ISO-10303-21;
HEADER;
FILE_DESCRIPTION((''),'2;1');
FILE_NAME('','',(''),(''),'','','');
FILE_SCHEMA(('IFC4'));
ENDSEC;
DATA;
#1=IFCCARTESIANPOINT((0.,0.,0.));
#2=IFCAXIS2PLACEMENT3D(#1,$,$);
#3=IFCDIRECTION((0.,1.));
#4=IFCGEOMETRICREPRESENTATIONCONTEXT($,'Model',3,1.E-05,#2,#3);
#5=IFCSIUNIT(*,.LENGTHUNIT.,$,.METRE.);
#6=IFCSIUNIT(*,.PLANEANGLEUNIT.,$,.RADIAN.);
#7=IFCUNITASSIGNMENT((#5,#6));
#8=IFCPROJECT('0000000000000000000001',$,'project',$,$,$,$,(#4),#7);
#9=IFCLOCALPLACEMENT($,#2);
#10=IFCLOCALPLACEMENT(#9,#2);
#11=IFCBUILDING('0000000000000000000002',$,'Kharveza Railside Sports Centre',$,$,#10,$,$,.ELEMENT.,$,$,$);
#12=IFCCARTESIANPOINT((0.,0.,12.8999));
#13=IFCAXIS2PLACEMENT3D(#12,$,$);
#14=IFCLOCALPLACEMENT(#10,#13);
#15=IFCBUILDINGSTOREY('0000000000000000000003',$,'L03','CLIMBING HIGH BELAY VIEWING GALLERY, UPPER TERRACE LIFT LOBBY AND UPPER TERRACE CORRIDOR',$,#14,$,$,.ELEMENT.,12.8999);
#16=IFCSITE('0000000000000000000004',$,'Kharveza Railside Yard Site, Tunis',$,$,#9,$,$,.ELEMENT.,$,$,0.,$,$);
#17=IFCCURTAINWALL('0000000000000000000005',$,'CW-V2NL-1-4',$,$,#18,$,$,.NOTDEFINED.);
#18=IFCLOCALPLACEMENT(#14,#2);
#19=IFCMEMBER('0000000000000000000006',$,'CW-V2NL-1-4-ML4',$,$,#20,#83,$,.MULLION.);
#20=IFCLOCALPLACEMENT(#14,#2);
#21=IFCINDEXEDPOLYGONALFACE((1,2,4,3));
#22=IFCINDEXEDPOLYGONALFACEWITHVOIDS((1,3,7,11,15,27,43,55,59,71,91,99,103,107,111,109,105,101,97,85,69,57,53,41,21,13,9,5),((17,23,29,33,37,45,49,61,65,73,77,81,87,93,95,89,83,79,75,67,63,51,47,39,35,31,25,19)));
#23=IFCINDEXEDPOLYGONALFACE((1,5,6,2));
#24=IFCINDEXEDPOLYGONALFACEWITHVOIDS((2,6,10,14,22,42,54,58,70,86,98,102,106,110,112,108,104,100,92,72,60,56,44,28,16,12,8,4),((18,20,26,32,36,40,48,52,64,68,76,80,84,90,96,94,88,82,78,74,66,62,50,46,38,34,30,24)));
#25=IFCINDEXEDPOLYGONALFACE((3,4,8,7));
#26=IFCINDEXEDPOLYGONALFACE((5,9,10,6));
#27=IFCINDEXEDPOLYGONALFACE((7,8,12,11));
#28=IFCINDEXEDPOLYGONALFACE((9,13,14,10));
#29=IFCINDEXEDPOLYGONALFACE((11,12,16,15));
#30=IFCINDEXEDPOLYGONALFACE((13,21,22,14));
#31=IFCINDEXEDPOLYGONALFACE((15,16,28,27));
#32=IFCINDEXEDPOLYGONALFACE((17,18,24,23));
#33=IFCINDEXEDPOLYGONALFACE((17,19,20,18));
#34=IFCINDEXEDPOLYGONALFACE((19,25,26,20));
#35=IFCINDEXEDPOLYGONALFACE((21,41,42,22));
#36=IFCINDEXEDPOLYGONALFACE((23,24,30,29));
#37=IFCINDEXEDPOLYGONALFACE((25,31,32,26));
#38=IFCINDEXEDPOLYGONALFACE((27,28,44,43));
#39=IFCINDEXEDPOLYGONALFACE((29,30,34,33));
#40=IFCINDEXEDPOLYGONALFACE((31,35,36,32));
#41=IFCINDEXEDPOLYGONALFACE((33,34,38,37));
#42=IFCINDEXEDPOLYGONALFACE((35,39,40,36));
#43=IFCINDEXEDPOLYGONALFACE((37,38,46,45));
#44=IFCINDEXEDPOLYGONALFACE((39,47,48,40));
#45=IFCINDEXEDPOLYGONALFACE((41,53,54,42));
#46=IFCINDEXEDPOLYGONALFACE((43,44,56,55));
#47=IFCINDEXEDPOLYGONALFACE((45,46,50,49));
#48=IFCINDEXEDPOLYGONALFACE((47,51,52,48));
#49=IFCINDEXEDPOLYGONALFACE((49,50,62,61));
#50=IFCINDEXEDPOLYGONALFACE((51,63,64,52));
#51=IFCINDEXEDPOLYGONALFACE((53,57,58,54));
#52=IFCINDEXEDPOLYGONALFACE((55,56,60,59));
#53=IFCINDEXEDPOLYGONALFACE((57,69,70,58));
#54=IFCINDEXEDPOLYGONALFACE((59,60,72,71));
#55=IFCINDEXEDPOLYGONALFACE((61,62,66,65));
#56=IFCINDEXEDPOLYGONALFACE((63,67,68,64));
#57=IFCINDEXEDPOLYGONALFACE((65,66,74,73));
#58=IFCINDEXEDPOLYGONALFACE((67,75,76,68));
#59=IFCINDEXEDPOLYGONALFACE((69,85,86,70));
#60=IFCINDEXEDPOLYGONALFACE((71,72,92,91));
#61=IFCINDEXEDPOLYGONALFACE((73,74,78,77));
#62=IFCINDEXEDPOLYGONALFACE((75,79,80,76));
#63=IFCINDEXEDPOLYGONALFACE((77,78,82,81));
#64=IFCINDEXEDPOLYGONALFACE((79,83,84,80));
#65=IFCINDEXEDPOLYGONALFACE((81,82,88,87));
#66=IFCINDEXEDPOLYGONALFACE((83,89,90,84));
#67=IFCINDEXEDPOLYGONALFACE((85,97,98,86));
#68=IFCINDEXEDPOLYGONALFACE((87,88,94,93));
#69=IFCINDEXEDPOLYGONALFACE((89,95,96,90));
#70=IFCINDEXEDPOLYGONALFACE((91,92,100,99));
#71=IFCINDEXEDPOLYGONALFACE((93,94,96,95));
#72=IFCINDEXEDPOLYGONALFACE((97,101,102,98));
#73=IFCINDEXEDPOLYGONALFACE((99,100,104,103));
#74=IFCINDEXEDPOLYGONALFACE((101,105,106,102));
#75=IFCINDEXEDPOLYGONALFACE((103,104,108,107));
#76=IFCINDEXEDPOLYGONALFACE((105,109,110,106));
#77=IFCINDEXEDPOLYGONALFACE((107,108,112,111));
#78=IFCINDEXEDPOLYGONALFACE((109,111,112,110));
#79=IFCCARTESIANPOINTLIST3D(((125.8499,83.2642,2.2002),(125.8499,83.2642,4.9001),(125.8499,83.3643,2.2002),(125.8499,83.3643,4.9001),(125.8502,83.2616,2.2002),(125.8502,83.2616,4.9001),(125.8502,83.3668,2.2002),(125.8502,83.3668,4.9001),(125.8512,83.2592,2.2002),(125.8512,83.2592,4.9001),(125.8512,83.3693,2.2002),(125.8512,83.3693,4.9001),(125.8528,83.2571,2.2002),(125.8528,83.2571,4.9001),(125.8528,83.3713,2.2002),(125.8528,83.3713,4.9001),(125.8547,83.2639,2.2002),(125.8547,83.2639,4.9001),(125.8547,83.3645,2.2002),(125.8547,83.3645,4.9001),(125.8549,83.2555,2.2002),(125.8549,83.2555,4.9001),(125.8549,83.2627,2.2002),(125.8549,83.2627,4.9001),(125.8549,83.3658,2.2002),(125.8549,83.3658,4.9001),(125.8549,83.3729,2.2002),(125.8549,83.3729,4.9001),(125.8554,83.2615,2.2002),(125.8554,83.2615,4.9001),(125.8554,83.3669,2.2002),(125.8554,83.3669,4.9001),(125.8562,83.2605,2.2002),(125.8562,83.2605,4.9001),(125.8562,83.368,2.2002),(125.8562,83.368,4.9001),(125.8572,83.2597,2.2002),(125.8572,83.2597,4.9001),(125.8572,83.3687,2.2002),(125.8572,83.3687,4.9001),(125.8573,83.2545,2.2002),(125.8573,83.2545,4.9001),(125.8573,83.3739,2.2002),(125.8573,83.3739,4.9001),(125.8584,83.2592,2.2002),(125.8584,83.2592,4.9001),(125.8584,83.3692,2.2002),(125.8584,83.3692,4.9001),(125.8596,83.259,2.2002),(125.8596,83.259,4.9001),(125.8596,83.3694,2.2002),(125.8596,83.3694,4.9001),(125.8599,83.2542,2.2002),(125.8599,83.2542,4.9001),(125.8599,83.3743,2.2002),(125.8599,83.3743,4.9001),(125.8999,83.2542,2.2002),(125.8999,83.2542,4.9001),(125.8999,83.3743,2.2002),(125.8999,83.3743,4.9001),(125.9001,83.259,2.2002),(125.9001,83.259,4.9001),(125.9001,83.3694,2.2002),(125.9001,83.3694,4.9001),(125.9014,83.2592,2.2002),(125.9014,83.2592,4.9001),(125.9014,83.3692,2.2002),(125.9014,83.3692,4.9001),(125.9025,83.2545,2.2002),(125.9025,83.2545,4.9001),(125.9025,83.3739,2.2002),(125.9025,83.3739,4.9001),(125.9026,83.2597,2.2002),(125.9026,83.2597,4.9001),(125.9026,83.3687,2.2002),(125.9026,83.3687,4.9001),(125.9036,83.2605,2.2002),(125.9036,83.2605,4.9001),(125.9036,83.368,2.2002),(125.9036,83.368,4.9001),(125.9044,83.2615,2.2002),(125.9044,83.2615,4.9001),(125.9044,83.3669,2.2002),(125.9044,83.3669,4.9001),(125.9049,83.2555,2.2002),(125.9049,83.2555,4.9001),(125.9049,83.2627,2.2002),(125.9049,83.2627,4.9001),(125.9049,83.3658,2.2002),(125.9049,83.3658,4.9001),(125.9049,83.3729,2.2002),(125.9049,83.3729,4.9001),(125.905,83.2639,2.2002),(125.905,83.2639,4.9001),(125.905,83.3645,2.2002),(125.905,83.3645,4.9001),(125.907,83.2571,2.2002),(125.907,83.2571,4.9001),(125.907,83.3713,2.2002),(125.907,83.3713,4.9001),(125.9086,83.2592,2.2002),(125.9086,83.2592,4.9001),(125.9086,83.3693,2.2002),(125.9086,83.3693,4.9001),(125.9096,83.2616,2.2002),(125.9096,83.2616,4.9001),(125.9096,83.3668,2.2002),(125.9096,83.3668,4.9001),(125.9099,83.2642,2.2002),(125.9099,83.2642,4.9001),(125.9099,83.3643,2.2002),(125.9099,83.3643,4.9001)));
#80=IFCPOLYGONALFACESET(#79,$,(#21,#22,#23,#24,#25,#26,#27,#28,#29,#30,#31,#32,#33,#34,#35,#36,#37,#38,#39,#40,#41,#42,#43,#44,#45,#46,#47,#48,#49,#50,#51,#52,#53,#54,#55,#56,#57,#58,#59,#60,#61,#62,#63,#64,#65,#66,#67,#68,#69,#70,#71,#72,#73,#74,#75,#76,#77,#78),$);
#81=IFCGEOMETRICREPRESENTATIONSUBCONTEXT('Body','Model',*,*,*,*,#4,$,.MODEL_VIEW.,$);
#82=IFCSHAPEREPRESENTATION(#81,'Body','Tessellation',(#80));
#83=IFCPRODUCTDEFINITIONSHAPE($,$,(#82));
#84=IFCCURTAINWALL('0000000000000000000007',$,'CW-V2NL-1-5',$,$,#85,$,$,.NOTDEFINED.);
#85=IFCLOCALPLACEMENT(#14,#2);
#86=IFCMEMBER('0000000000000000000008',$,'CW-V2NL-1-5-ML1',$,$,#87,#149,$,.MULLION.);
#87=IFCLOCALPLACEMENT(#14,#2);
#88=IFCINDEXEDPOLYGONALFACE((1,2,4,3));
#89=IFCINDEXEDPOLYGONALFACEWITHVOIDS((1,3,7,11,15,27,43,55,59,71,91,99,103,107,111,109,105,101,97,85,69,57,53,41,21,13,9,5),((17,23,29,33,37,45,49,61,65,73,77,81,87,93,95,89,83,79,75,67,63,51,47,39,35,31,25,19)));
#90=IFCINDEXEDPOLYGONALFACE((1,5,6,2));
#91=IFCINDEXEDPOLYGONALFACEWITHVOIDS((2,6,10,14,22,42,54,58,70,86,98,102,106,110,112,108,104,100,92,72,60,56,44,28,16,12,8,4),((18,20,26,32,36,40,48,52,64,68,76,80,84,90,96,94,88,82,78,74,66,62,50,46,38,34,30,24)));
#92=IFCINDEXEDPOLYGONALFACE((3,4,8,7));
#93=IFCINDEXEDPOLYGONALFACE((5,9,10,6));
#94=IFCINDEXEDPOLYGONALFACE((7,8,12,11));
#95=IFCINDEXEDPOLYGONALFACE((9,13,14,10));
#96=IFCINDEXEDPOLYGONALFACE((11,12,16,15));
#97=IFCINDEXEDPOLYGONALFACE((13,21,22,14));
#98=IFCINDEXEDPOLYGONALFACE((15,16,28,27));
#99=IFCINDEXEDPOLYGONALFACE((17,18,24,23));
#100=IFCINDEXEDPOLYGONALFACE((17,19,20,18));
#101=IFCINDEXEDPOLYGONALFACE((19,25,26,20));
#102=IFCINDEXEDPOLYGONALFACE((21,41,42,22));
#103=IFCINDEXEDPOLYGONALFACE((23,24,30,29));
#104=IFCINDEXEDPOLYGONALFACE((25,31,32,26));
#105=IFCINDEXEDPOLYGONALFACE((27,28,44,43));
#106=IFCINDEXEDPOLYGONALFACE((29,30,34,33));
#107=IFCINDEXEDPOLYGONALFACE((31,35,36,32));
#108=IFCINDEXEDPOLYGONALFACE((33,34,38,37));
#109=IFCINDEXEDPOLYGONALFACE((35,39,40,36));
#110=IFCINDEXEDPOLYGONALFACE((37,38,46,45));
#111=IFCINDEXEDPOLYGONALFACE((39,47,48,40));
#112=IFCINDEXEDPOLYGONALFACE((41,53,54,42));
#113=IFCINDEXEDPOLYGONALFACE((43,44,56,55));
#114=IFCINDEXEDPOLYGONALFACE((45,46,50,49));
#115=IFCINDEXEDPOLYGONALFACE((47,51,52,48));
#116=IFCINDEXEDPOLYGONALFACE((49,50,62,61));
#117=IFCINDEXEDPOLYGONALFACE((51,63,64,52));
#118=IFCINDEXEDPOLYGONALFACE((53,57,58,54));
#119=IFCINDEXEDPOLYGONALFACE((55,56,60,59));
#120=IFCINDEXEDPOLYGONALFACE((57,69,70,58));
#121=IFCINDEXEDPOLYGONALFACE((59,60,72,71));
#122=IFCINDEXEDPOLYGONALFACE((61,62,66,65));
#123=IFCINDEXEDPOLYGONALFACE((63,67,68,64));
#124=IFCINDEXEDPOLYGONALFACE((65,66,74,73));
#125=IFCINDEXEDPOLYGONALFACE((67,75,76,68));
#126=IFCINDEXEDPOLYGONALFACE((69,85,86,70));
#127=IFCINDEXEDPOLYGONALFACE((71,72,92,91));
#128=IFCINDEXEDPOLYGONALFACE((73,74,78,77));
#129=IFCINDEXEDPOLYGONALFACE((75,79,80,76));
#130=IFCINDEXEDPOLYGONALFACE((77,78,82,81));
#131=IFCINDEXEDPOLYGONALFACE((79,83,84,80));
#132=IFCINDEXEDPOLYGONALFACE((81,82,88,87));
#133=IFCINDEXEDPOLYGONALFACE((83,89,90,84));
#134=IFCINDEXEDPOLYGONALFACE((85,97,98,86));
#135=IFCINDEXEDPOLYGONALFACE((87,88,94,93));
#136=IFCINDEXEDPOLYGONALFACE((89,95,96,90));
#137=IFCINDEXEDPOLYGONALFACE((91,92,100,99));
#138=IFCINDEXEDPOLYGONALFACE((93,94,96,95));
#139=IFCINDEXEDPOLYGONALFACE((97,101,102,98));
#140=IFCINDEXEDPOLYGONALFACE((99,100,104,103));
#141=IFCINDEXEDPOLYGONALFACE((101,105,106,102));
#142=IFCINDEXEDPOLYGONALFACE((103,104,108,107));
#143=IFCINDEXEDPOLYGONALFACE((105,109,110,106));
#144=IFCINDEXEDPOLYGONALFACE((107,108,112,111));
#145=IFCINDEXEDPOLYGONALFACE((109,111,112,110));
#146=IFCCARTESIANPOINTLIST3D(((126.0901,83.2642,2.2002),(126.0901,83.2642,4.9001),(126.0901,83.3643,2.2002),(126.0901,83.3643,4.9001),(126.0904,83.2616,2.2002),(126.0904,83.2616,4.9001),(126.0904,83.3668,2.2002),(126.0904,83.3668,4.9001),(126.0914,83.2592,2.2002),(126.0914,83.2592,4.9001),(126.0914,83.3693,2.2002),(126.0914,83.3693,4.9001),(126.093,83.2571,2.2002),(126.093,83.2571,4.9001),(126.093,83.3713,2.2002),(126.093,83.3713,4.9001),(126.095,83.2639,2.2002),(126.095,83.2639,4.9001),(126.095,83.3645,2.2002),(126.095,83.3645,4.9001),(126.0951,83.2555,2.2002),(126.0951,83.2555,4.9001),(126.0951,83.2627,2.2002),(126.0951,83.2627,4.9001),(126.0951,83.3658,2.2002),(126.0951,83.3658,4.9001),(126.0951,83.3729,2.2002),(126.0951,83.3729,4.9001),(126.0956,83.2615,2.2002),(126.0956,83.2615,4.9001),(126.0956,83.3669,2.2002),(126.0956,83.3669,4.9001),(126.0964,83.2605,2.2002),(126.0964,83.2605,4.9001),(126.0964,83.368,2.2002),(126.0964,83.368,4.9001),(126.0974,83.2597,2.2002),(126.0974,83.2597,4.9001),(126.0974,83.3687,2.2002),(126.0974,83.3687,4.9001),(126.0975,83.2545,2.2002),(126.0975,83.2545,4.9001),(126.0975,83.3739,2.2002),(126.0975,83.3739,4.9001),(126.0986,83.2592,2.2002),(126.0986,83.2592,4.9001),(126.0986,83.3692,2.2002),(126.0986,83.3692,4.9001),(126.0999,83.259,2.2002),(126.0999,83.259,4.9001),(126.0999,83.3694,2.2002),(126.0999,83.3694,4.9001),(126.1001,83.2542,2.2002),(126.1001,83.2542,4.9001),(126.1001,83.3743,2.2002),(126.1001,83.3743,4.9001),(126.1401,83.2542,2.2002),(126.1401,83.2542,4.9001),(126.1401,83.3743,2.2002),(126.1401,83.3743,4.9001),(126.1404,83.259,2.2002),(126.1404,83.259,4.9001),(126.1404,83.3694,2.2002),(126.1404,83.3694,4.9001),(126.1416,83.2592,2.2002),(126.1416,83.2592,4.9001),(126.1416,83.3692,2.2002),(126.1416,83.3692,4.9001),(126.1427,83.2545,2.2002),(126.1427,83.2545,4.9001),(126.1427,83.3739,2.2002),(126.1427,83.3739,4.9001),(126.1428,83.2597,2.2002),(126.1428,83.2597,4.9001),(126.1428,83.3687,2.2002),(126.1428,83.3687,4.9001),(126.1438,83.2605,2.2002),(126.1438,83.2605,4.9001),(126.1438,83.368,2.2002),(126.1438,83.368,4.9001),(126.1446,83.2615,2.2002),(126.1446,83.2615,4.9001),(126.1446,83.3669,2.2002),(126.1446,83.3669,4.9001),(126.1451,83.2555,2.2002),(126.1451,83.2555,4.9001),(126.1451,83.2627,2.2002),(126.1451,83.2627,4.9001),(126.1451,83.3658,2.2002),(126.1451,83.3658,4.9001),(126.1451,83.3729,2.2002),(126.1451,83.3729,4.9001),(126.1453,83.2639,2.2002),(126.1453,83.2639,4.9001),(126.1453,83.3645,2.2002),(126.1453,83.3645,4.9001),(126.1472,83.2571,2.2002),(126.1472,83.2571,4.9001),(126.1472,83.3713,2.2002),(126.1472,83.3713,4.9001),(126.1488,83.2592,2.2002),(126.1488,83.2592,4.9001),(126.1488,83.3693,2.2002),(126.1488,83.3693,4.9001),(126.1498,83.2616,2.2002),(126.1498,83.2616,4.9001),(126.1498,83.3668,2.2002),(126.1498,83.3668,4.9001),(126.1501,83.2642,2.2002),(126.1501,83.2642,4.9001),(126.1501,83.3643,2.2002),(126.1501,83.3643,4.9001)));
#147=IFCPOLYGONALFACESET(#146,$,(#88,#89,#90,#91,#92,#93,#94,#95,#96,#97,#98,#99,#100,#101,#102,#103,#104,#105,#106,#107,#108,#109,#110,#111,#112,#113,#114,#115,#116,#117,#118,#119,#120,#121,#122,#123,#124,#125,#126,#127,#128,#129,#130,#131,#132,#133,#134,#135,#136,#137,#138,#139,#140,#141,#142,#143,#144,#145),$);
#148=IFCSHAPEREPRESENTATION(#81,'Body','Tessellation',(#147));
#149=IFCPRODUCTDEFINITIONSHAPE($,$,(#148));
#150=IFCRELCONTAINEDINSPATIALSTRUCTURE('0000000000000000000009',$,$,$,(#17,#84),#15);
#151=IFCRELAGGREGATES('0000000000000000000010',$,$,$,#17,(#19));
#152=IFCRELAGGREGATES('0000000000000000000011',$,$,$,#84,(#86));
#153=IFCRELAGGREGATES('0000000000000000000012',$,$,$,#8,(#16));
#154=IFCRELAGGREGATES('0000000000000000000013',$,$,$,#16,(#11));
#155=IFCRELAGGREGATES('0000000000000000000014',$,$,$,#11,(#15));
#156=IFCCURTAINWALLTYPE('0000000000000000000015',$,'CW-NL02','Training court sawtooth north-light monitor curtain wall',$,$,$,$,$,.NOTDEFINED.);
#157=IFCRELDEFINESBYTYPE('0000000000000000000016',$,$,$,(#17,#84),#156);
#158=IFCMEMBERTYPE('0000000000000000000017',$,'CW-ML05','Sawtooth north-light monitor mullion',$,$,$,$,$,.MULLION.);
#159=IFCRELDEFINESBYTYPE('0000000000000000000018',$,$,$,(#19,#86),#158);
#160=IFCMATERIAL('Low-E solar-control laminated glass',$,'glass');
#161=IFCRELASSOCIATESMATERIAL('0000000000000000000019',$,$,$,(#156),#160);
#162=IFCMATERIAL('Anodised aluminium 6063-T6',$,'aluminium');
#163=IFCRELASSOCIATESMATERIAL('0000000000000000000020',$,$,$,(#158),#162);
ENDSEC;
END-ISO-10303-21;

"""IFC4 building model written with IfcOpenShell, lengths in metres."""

from ifc_helpers import new_model, si_unit, direction, frame, origin, origin_2d, place, context, subcontext, project, spatial, hollow_rectangle, extrude, material, material_profile, profile_set, type_object, element, aggregate, save


model = new_model("IFC4")

# Units and contexts
model_context = context("Model", 3, precision=1e-05, world=origin(), true_north=direction((0.0, 1.0)))
body_context = subcontext(model_context, "Body", "Model", "MODEL_VIEW")
ifc_project = project(units=[si_unit("LENGTHUNIT", "METRE"), si_unit("PLANEANGLEUNIT", "RADIAN")], contexts=[model_context])

# Site, building, storey
site_placement = place(None, origin())
site = spatial("IfcSite", under=ifc_project, at=site_placement, Name="Kharveza Railside Yard Site, Tunis", CompositionType="ELEMENT", RefElevation=0.0)
building_placement = place(site_placement, origin())
building = spatial("IfcBuilding", under=site, at=building_placement, Name="Kharveza Railside Sports Centre", CompositionType="ELEMENT")
storey_placement = place(building_placement, frame((0.0, 0.0, 12.8999)))
storey = spatial("IfcBuildingStorey", under=building, at=storey_placement, Name="L03", Description="CLIMBING HIGH BELAY VIEWING GALLERY, UPPER TERRACE LIFT LOBBY AND UPPER TERRACE CORRIDOR", CompositionType="ELEMENT", Elevation=12.8999)

# Curtain walls, members
ifc_material_1 = material(Name="Low-E solar-control laminated glass", Category="glass")
curtain_wall_type = type_object("IfcCurtainWallType", Name="CW-NL02", Description="Training court sawtooth north-light monitor curtain wall", PredefinedType="NOTDEFINED", material=ifc_material_1)
curtain_wall_1_placement = place(storey_placement, origin())
curtain_wall_1 = element("IfcCurtainWall", 1, at=curtain_wall_1_placement, inside=storey, type_object=curtain_wall_type, Name="CW-V2NL-1-4", PredefinedType="NOTDEFINED")
ifc_material_2 = material(Name="Anodised aluminium 6063-T6", Category="aluminium")
ifc_material_profile_1 = material_profile(ifc_material_2, hollow_rectangle(XDim=0.0601, YDim=0.1201, WallThickness=0.0049, InnerFilletRadius=0.0049, OuterFilletRadius=0.01, at=origin_2d()), Name="RHS 60x120x5.0")
ifc_profile_set_1 = profile_set([ifc_material_profile_1], Name="Anodised aluminium 6063-T6")
member_type_1 = type_object("IfcMemberType", Name="CW-ML05", Description="Sawtooth north-light monitor mullion", PredefinedType="MULLION", material=ifc_profile_set_1)
member_1_placement = place(storey_placement, frame((125.8799, 83.3142, 2.2002), z_axis=(0.0, 0.0, 1.0), x_axis=(1.0, 0.0, 0.0)))
member_1 = element("IfcMember", 2, at=member_1_placement, type_object=member_type_1, Name="CW-V2NL-1-4-ML4", PredefinedType="MULLION", context=body_context, shape_type="SweptSolid", body=[
    extrude(hollow_rectangle(XDim=0.0601, YDim=0.1201, WallThickness=0.0049, InnerFilletRadius=0.0049, OuterFilletRadius=0.01, at=origin_2d()), origin(), (0.0, 0.0, 1.0), 2.7),
])
curtain_wall_2_placement = place(storey_placement, origin())
curtain_wall_2 = element("IfcCurtainWall", 3, at=curtain_wall_2_placement, inside=storey, type_object=curtain_wall_type, Name="CW-V2NL-1-5", PredefinedType="NOTDEFINED")
member_2_placement = place(storey_placement, frame((126.1201, 83.3142, 2.2002), z_axis=(0.0, 0.0, 1.0), x_axis=(1.0, 0.0, 0.0)))
member_2 = element("IfcMember", 4, at=member_2_placement, type_object=member_type_1, Name="CW-V2NL-1-5-ML1", PredefinedType="MULLION", context=body_context, shape_type="SweptSolid", body=[
    extrude(hollow_rectangle(XDim=0.0601, YDim=0.1201, WallThickness=0.0049, InnerFilletRadius=0.0049, OuterFilletRadius=0.01, at=origin_2d()), origin(), (0.0, 0.0, 1.0), 2.7),
])

aggregate(curtain_wall_1, [member_1])
aggregate(curtain_wall_2, [member_2])

save(model, "model.ifc")
